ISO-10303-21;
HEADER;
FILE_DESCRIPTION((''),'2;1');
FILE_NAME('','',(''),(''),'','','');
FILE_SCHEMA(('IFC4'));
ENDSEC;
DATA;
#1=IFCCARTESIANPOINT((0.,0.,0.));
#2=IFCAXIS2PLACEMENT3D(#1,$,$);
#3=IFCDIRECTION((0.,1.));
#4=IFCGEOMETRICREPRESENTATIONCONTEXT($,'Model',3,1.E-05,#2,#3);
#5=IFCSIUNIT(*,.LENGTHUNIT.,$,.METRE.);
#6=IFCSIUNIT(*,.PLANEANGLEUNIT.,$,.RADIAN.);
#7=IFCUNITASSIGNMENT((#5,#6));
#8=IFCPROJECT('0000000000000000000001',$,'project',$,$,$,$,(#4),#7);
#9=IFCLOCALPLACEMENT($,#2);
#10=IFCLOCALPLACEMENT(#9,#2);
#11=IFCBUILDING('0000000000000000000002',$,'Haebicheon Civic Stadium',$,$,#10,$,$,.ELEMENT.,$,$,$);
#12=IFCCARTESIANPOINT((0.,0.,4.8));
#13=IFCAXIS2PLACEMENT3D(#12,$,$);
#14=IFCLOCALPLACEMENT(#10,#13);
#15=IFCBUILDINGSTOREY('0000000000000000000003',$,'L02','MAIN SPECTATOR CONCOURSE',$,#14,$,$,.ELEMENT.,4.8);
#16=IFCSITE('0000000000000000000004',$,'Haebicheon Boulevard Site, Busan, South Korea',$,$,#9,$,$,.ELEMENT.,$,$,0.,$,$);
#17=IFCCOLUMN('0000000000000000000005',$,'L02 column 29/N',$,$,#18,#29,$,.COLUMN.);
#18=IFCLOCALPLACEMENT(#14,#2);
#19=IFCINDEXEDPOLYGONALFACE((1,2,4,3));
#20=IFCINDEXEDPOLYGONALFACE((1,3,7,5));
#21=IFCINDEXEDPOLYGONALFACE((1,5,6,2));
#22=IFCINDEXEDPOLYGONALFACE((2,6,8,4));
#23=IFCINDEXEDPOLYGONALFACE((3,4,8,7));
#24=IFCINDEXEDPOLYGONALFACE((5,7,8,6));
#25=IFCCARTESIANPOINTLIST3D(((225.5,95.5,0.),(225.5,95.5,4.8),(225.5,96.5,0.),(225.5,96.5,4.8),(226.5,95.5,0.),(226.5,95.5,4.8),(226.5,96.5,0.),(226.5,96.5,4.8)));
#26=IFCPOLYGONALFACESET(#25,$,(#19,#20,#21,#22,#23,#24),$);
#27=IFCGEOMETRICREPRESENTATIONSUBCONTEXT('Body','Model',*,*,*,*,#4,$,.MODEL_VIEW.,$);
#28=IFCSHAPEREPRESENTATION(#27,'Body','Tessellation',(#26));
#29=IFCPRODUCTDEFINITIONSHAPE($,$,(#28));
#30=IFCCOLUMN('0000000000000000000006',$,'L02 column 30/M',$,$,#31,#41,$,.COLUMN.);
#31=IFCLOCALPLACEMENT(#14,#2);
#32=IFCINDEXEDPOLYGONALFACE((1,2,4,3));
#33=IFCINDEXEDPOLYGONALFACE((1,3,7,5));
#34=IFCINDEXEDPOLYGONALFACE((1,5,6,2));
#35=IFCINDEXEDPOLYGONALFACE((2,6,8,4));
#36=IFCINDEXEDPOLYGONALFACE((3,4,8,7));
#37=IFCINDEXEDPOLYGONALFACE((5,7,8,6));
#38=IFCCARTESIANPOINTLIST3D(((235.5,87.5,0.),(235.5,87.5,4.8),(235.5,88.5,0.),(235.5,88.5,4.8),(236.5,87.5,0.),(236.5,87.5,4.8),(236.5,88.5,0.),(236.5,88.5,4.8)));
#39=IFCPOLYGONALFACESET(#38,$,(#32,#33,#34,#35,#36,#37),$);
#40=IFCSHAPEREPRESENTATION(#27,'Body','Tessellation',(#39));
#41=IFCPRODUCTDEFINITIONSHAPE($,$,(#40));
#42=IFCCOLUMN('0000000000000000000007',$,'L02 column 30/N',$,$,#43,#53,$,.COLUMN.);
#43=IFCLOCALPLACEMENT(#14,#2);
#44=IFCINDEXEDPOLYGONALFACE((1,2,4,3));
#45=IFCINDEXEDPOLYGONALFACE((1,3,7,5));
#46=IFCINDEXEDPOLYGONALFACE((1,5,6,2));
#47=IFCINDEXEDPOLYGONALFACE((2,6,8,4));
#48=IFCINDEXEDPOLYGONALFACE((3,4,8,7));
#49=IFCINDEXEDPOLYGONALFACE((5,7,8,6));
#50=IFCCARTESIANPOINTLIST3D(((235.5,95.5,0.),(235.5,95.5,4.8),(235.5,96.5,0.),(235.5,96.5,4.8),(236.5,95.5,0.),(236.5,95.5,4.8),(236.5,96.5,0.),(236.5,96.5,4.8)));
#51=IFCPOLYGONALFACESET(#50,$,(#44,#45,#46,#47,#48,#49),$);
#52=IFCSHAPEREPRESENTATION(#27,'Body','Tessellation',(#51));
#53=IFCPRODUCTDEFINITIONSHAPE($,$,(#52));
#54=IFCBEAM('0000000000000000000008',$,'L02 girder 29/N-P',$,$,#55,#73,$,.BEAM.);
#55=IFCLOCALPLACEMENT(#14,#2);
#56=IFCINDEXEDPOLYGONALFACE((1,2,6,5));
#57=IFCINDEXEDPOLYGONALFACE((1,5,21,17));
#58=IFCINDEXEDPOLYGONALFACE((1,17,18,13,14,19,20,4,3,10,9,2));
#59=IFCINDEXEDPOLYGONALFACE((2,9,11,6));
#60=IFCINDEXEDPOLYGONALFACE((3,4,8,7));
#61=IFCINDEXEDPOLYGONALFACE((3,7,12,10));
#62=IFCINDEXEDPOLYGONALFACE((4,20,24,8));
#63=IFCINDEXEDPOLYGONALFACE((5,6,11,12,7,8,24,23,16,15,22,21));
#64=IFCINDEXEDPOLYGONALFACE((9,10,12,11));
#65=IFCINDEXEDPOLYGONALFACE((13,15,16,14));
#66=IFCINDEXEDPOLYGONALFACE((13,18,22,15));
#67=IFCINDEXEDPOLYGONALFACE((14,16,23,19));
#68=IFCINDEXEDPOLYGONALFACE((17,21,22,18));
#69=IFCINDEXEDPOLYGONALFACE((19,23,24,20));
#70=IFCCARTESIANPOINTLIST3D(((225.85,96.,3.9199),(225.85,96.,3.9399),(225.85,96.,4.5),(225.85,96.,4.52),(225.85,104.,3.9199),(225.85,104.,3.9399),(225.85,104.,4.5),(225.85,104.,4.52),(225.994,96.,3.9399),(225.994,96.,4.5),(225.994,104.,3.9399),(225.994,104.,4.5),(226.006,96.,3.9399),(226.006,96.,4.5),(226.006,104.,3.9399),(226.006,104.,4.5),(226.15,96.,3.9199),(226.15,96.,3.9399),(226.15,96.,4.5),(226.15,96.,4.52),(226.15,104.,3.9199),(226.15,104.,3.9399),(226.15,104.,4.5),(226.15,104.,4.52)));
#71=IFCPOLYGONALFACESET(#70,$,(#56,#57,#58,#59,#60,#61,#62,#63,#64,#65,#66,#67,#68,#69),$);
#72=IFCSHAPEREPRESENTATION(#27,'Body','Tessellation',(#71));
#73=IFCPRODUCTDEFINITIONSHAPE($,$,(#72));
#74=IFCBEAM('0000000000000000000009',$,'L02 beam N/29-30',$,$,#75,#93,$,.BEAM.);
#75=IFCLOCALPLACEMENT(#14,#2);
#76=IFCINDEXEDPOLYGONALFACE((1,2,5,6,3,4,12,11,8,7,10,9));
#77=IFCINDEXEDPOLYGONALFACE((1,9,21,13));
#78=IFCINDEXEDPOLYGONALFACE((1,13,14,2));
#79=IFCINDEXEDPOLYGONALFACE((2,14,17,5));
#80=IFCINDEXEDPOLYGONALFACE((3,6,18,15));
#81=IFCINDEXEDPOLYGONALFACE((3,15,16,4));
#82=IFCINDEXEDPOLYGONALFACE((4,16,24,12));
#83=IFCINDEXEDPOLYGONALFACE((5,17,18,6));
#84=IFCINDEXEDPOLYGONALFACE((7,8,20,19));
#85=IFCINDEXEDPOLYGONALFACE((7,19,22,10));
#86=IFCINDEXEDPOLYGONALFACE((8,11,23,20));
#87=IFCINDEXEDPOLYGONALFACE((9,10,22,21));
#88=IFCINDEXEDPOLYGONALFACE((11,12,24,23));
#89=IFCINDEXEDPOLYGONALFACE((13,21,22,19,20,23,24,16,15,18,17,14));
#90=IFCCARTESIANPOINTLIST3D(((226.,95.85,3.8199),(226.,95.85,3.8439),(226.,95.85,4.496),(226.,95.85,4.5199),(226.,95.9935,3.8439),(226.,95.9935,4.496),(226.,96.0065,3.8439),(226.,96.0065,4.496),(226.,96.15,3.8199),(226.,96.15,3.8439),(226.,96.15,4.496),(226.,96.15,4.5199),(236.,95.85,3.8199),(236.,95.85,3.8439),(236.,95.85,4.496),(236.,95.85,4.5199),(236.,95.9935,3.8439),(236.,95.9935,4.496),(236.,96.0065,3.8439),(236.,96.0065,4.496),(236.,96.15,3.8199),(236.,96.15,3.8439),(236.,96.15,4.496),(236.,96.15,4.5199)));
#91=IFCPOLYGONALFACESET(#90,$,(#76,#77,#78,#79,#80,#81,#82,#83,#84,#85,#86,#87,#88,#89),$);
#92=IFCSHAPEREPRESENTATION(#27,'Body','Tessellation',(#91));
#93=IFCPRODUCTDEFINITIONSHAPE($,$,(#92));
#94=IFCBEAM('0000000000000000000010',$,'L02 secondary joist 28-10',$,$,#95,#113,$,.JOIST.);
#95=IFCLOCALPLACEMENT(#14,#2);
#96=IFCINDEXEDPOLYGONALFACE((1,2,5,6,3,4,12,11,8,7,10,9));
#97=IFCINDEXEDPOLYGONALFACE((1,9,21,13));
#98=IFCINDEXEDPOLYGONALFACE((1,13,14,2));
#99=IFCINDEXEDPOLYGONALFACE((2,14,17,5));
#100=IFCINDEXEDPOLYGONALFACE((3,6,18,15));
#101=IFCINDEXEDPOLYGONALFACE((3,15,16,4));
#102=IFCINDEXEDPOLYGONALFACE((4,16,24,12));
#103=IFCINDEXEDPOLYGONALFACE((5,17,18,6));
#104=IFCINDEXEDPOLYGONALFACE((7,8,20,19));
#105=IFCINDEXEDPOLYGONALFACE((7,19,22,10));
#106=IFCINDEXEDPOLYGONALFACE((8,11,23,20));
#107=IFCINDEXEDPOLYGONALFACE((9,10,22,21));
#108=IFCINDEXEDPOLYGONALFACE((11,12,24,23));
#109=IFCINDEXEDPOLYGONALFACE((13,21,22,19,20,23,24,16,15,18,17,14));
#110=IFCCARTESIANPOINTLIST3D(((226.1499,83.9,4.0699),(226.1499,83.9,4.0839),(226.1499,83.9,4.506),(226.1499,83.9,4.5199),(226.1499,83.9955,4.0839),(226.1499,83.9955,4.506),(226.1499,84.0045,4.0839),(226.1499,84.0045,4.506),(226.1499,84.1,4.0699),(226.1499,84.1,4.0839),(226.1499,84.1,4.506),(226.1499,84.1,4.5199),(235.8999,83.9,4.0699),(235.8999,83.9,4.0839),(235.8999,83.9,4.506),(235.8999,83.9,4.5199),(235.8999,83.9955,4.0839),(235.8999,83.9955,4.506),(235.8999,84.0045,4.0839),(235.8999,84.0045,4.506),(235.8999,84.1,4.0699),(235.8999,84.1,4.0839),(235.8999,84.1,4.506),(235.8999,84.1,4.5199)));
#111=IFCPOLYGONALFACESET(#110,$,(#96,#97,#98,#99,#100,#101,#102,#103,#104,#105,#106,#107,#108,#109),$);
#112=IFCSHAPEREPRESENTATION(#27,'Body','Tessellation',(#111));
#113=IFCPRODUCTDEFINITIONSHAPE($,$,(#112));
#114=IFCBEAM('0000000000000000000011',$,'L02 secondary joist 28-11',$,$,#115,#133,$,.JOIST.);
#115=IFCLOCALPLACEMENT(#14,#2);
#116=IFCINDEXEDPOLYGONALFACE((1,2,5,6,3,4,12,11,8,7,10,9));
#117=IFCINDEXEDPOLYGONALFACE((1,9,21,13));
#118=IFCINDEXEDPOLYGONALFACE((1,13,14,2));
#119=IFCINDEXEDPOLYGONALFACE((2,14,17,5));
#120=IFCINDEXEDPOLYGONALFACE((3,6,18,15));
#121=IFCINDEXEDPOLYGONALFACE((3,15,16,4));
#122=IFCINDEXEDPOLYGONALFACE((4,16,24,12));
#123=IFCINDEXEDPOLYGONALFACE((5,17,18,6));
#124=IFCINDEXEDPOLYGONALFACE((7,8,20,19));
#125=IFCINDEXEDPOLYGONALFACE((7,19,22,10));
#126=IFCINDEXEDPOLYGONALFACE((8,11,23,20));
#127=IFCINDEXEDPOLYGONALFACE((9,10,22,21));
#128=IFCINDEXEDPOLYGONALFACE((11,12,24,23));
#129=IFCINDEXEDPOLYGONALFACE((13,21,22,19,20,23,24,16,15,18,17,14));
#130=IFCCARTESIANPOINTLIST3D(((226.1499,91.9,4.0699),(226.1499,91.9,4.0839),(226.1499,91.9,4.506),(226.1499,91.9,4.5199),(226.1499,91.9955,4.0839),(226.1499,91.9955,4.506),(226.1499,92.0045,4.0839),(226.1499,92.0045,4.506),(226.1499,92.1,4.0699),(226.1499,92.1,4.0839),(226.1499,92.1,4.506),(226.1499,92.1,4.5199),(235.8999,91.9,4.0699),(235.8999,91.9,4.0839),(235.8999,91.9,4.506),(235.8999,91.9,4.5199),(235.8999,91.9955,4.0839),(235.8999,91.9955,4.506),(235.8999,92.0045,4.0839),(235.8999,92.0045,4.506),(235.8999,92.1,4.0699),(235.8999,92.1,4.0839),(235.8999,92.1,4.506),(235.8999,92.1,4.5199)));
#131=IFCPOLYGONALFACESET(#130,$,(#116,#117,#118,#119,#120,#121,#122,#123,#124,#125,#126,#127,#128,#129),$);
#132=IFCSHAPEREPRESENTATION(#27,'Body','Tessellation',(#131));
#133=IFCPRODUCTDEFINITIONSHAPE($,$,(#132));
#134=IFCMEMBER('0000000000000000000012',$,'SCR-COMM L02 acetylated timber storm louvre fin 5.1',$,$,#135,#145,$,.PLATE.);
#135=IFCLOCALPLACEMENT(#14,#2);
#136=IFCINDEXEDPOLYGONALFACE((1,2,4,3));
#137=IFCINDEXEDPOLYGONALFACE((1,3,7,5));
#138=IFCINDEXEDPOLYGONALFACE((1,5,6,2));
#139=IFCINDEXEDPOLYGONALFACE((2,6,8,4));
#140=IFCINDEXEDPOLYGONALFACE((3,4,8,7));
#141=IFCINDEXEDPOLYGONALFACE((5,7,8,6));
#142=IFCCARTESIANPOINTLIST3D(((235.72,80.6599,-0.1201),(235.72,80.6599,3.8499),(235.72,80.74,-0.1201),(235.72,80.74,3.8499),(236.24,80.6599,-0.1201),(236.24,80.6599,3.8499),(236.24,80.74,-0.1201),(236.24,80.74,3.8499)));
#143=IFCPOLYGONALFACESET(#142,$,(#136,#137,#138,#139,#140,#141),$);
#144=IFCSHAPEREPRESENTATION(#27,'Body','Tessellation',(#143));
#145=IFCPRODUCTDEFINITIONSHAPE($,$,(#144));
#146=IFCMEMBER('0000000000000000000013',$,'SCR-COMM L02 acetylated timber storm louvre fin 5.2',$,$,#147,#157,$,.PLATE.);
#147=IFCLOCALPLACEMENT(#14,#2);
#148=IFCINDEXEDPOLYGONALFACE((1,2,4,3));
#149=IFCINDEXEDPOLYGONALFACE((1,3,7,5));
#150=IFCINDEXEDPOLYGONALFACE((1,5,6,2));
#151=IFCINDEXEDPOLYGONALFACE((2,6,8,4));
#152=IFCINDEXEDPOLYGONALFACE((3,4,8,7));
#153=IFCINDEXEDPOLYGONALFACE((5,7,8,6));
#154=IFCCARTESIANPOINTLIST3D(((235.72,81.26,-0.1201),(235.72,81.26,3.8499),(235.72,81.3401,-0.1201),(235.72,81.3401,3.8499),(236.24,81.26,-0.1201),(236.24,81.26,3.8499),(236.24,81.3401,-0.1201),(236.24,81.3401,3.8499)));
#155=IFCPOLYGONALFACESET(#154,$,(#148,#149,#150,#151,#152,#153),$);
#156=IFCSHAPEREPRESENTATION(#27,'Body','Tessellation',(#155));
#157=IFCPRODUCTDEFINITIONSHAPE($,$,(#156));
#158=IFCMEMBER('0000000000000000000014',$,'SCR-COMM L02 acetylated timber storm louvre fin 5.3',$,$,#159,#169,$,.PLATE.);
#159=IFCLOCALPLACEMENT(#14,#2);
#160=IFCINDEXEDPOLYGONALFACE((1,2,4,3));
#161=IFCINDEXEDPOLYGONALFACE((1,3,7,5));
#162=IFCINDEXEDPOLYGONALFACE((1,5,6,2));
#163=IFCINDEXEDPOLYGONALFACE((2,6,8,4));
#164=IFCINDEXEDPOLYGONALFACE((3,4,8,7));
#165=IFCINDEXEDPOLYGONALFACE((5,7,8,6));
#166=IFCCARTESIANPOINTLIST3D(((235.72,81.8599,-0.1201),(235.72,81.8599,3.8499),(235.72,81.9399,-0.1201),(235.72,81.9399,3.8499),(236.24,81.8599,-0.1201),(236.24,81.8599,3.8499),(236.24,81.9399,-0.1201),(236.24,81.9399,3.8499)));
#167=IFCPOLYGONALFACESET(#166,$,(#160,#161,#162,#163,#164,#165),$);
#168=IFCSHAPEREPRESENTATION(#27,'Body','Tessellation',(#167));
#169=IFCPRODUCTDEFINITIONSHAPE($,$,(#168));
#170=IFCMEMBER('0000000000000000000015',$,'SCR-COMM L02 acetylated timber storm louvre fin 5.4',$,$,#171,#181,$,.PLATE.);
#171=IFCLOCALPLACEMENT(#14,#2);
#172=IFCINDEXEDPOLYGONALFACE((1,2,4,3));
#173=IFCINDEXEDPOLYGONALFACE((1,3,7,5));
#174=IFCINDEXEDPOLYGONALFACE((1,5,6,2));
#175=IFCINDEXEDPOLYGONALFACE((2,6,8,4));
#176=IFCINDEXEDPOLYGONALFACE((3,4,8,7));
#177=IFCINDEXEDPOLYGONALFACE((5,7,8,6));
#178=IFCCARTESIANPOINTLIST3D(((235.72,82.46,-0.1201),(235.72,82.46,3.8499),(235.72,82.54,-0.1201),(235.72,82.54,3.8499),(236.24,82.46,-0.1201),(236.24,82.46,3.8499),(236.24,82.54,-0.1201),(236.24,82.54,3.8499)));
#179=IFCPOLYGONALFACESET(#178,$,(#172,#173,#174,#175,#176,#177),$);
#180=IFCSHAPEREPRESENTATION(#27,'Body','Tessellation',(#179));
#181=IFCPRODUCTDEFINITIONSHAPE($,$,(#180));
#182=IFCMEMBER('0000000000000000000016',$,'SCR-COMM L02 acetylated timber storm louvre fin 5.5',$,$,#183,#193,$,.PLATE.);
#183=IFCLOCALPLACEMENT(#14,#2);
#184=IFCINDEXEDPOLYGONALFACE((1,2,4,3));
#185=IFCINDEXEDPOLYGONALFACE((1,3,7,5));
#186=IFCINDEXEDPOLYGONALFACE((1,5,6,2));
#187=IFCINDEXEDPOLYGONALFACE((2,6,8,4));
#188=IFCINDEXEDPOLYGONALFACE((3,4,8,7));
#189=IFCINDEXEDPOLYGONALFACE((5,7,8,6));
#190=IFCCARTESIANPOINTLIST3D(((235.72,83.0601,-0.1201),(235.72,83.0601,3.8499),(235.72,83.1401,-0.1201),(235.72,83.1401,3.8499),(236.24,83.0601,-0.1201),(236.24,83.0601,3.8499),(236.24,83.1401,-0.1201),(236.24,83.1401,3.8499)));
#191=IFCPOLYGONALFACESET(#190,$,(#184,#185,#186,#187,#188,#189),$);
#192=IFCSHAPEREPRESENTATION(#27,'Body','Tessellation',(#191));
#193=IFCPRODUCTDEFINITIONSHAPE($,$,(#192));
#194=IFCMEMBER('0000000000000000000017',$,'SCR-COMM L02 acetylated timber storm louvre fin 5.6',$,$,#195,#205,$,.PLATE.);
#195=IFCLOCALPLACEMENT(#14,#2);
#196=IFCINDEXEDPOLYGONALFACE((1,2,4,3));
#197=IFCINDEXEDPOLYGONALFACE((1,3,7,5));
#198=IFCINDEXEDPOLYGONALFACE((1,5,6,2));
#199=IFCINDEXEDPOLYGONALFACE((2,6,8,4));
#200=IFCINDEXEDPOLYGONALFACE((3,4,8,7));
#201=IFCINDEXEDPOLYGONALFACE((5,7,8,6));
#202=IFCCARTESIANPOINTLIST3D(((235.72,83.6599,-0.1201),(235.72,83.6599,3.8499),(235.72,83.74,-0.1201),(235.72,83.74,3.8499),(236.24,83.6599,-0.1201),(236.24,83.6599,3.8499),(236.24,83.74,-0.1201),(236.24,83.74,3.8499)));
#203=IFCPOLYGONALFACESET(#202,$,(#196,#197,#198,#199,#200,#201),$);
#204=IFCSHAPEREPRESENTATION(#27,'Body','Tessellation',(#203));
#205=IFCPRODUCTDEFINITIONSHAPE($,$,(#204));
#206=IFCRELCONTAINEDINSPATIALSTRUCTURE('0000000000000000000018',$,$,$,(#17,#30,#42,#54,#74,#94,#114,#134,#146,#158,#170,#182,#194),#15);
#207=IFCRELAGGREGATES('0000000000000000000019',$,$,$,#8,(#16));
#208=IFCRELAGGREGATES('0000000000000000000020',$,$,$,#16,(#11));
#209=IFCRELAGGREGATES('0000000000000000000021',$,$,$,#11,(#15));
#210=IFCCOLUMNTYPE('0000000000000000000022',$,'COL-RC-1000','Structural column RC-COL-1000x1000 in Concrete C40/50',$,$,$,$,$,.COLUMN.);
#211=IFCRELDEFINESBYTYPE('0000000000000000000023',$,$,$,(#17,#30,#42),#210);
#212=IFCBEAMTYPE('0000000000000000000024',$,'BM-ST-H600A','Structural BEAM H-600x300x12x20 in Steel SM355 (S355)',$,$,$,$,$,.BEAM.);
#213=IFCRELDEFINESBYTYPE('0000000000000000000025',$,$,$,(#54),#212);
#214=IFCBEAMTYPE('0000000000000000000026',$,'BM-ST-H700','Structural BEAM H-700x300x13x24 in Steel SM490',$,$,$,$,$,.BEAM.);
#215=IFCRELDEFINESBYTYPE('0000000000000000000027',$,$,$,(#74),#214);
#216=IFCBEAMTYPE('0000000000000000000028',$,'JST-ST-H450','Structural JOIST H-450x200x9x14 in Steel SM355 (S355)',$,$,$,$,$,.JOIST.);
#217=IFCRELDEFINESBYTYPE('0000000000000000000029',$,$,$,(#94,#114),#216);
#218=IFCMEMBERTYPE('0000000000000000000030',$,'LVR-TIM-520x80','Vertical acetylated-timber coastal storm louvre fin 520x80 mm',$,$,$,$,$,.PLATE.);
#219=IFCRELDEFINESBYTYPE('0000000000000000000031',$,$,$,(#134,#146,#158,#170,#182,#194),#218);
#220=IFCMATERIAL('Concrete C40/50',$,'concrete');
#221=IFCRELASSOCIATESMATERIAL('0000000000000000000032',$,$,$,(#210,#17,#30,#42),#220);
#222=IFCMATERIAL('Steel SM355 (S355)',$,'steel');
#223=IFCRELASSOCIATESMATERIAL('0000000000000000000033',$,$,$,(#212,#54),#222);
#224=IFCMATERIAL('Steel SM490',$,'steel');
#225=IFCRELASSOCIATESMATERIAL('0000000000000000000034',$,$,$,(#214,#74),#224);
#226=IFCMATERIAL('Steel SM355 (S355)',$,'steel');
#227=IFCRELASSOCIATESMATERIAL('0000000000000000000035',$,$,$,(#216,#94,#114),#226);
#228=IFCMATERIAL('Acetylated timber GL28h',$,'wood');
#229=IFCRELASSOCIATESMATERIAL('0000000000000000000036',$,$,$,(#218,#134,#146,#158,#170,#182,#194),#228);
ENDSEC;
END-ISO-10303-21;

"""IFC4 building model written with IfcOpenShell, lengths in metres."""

from ifc_helpers import new_model, si_unit, direction, frame, origin, origin_2d, place, context, subcontext, project, spatial, rectangle, i_section, extrude, material, material_profile, profile_set, type_object, element, save


model = new_model("IFC4")

# Units and contexts
model_context = context("Model", 3, precision=1e-05, world=origin(), true_north=direction((0.0, 1.0)))
body_context = subcontext(model_context, "Body", "Model", "MODEL_VIEW")
ifc_project = project(units=[si_unit("LENGTHUNIT", "METRE"), si_unit("PLANEANGLEUNIT", "RADIAN")], contexts=[model_context])

# Site, building, storey
site_placement = place(None, origin())
site = spatial("IfcSite", under=ifc_project, at=site_placement, Name="Haebicheon Boulevard Site, Busan, South Korea", CompositionType="ELEMENT", RefElevation=0.0)
building_placement = place(site_placement, origin())
building = spatial("IfcBuilding", under=site, at=building_placement, Name="Haebicheon Civic Stadium", CompositionType="ELEMENT")
storey_placement = place(building_placement, frame((0.0, 0.0, 4.8)))
storey = spatial("IfcBuildingStorey", under=building, at=storey_placement, Name="L02", Description="MAIN SPECTATOR CONCOURSE", CompositionType="ELEMENT", Elevation=4.8)

# Columns
ifc_material_1 = material(Name="Concrete C40/50", Category="concrete")
ifc_material_profile_1 = material_profile(ifc_material_1, rectangle(XDim=1.0, YDim=1.0, at=origin_2d()), Name="RC-COL-1000x1000")
ifc_profile_set_1 = profile_set([ifc_material_profile_1], Name="Concrete C40/50")
column_type = type_object("IfcColumnType", Name="COL-RC-1000", Description="Structural column RC-COL-1000x1000 in Concrete C40/50", PredefinedType="COLUMN", material=ifc_profile_set_1)
for number, where, z_axis, x_axis, name in (
    (1, (226.0, 96.0, 0.0), (0.0, 0.0, 1.0), (1.0, 0.0, 0.0), "L02 column 29/N"),
    (2, (236.0, 88.0, 0.0), (0.0, 0.0, 1.0), (1.0, 0.0, 0.0), "L02 column 30/M"),
    (3, (236.0, 96.0, 0.0), (0.0, 0.0, 1.0), (1.0, 0.0, 0.0), "L02 column 30/N"),
):
    element("IfcColumn", number, at=place(storey_placement, frame(where, z_axis=z_axis, x_axis=x_axis)), inside=storey, type_object=column_type, material=ifc_profile_set_1, Name=name, PredefinedType="COLUMN", context=body_context, shape_type="SweptSolid", body=[
        extrude(rectangle(XDim=1.0, YDim=1.0, at=origin_2d()), origin(), (0.0, 0.0, 1.0), 4.8),
    ])

# Beams
ifc_material_2 = material(Name="Steel SM355 (S355)", Category="steel")
ifc_material_profile_2 = material_profile(ifc_material_2, i_section(OverallWidth=0.3, OverallDepth=0.6001, WebThickness=0.012, FlangeThickness=0.02, at=origin_2d()), Name="H-600x300x12x20")
ifc_profile_set_2 = profile_set([ifc_material_profile_2], Name="Steel SM355 (S355)")
beam_type_1 = type_object("IfcBeamType", Name="BM-ST-H600A", Description="Structural BEAM H-600x300x12x20 in Steel SM355 (S355)", PredefinedType="BEAM", material=ifc_profile_set_2)
beam_1_placement = place(storey_placement, frame((226.0, 96.0, 4.22), z_axis=(0.0, 1.0, 0.0), x_axis=(-1.0, 0.0, 0.0)))
element("IfcBeam", 4, at=beam_1_placement, inside=storey, type_object=beam_type_1, material=ifc_profile_set_2, Name="L02 girder 29/N-P", PredefinedType="BEAM", context=body_context, shape_type="SweptSolid", body=[
    extrude(i_section(OverallWidth=0.3, OverallDepth=0.6001, WebThickness=0.012, FlangeThickness=0.02, at=origin_2d()), origin(), (0.0, 0.0, 1.0), 8.0),
])
ifc_material_3 = material(Name="Steel SM490", Category="steel")
ifc_material_profile_3 = material_profile(ifc_material_3, i_section(OverallWidth=0.3, OverallDepth=0.7, WebThickness=0.0129, FlangeThickness=0.0239, at=origin_2d()), Name="H-700x300x13x24")
ifc_profile_set_3 = profile_set([ifc_material_profile_3], Name="Steel SM490")
beam_type_2 = type_object("IfcBeamType", Name="BM-ST-H700", Description="Structural BEAM H-700x300x13x24 in Steel SM490", PredefinedType="BEAM", material=ifc_profile_set_3)
beam_2_placement = place(storey_placement, frame((226.0, 96.0, 4.1699), z_axis=(1.0, 0.0, 0.0), x_axis=(0.0, 1.0, 0.0)))
element("IfcBeam", 5, at=beam_2_placement, inside=storey, type_object=beam_type_2, material=ifc_profile_set_3, Name="L02 beam N/29-30", PredefinedType="BEAM", context=body_context, shape_type="SweptSolid", body=[
    extrude(i_section(OverallWidth=0.3, OverallDepth=0.7, WebThickness=0.0129, FlangeThickness=0.0239, at=origin_2d()), origin(), (0.0, 0.0, 1.0), 10.0),
])
ifc_material_4 = material(Name="Steel SM355 (S355)", Category="steel")
ifc_material_profile_4 = material_profile(ifc_material_4, i_section(OverallWidth=0.2, OverallDepth=0.45, WebThickness=0.009, FlangeThickness=0.0139, at=origin_2d()), Name="H-450x200x9x14")
ifc_profile_set_4 = profile_set([ifc_material_profile_4], Name="Steel SM355 (S355)")
beam_type_3 = type_object("IfcBeamType", Name="JST-ST-H450", Description="Structural JOIST H-450x200x9x14 in Steel SM355 (S355)", PredefinedType="JOIST", material=ifc_profile_set_4)
for number, where, z_axis, x_axis, name in (
    (6, (226.1499, 84.0, 4.2949), (1.0, 0.0, 0.0), (0.0, 1.0, 0.0), "L02 secondary joist 28-10"),
    (7, (226.1499, 92.0, 4.2949), (1.0, 0.0, 0.0), (0.0, 1.0, 0.0), "L02 secondary joist 28-11"),
):
    element("IfcBeam", number, at=place(storey_placement, frame(where, z_axis=z_axis, x_axis=x_axis)), inside=storey, type_object=beam_type_3, material=ifc_profile_set_4, Name=name, PredefinedType="JOIST", context=body_context, shape_type="SweptSolid", body=[
        extrude(i_section(OverallWidth=0.2, OverallDepth=0.45, WebThickness=0.009, FlangeThickness=0.0139, at=origin_2d()), origin(), (0.0, 0.0, 1.0), 9.75),
    ])

# Members
ifc_material_5 = material(Name="Acetylated timber GL28h", Category="wood")
ifc_material_profile_5 = material_profile(ifc_material_5, rectangle(XDim=0.0801, YDim=0.52, at=origin_2d()), Name="TMB-LOUV-80x520")
ifc_profile_set_5 = profile_set([ifc_material_profile_5], Name="Acetylated timber GL28h")
member_type_1 = type_object("IfcMemberType", Name="LVR-TIM-520x80", Description="Vertical acetylated-timber coastal storm louvre fin 520x80 mm", PredefinedType="PLATE", material=ifc_profile_set_5)
for number, where, z_axis, x_axis, name in (
    (8, (235.98, 80.7, -0.1201), (0.0, 0.0, 1.0), (0.0, 1.0, 0.0), "SCR-COMM L02 acetylated timber storm louvre fin 5.1"),
    (9, (235.98, 81.3, -0.1201), (0.0, 0.0, 1.0), (0.0, 1.0, 0.0), "SCR-COMM L02 acetylated timber storm louvre fin 5.2"),
    (10, (235.98, 81.8999, -0.1201), (0.0, 0.0, 1.0), (0.0, 1.0, 0.0), "SCR-COMM L02 acetylated timber storm louvre fin 5.3"),
    (11, (235.98, 82.5, -0.1201), (0.0, 0.0, 1.0), (0.0, 1.0, 0.0), "SCR-COMM L02 acetylated timber storm louvre fin 5.4"),
    (12, (235.98, 83.1001, -0.1201), (0.0, 0.0, 1.0), (0.0, 1.0, 0.0), "SCR-COMM L02 acetylated timber storm louvre fin 5.5"),
    (13, (235.98, 83.7, -0.1201), (0.0, 0.0, 1.0), (0.0, 1.0, 0.0), "SCR-COMM L02 acetylated timber storm louvre fin 5.6"),
):
    element("IfcMember", number, at=place(storey_placement, frame(where, z_axis=z_axis, x_axis=x_axis)), inside=storey, type_object=member_type_1, material=ifc_profile_set_5, Name=name, PredefinedType="PLATE", context=body_context, shape_type="SweptSolid", body=[
        extrude(rectangle(XDim=0.0801, YDim=0.52, at=origin_2d()), origin(), (0.0, 0.0, 1.0), 3.97),
    ])

save(model, "model.ifc")
